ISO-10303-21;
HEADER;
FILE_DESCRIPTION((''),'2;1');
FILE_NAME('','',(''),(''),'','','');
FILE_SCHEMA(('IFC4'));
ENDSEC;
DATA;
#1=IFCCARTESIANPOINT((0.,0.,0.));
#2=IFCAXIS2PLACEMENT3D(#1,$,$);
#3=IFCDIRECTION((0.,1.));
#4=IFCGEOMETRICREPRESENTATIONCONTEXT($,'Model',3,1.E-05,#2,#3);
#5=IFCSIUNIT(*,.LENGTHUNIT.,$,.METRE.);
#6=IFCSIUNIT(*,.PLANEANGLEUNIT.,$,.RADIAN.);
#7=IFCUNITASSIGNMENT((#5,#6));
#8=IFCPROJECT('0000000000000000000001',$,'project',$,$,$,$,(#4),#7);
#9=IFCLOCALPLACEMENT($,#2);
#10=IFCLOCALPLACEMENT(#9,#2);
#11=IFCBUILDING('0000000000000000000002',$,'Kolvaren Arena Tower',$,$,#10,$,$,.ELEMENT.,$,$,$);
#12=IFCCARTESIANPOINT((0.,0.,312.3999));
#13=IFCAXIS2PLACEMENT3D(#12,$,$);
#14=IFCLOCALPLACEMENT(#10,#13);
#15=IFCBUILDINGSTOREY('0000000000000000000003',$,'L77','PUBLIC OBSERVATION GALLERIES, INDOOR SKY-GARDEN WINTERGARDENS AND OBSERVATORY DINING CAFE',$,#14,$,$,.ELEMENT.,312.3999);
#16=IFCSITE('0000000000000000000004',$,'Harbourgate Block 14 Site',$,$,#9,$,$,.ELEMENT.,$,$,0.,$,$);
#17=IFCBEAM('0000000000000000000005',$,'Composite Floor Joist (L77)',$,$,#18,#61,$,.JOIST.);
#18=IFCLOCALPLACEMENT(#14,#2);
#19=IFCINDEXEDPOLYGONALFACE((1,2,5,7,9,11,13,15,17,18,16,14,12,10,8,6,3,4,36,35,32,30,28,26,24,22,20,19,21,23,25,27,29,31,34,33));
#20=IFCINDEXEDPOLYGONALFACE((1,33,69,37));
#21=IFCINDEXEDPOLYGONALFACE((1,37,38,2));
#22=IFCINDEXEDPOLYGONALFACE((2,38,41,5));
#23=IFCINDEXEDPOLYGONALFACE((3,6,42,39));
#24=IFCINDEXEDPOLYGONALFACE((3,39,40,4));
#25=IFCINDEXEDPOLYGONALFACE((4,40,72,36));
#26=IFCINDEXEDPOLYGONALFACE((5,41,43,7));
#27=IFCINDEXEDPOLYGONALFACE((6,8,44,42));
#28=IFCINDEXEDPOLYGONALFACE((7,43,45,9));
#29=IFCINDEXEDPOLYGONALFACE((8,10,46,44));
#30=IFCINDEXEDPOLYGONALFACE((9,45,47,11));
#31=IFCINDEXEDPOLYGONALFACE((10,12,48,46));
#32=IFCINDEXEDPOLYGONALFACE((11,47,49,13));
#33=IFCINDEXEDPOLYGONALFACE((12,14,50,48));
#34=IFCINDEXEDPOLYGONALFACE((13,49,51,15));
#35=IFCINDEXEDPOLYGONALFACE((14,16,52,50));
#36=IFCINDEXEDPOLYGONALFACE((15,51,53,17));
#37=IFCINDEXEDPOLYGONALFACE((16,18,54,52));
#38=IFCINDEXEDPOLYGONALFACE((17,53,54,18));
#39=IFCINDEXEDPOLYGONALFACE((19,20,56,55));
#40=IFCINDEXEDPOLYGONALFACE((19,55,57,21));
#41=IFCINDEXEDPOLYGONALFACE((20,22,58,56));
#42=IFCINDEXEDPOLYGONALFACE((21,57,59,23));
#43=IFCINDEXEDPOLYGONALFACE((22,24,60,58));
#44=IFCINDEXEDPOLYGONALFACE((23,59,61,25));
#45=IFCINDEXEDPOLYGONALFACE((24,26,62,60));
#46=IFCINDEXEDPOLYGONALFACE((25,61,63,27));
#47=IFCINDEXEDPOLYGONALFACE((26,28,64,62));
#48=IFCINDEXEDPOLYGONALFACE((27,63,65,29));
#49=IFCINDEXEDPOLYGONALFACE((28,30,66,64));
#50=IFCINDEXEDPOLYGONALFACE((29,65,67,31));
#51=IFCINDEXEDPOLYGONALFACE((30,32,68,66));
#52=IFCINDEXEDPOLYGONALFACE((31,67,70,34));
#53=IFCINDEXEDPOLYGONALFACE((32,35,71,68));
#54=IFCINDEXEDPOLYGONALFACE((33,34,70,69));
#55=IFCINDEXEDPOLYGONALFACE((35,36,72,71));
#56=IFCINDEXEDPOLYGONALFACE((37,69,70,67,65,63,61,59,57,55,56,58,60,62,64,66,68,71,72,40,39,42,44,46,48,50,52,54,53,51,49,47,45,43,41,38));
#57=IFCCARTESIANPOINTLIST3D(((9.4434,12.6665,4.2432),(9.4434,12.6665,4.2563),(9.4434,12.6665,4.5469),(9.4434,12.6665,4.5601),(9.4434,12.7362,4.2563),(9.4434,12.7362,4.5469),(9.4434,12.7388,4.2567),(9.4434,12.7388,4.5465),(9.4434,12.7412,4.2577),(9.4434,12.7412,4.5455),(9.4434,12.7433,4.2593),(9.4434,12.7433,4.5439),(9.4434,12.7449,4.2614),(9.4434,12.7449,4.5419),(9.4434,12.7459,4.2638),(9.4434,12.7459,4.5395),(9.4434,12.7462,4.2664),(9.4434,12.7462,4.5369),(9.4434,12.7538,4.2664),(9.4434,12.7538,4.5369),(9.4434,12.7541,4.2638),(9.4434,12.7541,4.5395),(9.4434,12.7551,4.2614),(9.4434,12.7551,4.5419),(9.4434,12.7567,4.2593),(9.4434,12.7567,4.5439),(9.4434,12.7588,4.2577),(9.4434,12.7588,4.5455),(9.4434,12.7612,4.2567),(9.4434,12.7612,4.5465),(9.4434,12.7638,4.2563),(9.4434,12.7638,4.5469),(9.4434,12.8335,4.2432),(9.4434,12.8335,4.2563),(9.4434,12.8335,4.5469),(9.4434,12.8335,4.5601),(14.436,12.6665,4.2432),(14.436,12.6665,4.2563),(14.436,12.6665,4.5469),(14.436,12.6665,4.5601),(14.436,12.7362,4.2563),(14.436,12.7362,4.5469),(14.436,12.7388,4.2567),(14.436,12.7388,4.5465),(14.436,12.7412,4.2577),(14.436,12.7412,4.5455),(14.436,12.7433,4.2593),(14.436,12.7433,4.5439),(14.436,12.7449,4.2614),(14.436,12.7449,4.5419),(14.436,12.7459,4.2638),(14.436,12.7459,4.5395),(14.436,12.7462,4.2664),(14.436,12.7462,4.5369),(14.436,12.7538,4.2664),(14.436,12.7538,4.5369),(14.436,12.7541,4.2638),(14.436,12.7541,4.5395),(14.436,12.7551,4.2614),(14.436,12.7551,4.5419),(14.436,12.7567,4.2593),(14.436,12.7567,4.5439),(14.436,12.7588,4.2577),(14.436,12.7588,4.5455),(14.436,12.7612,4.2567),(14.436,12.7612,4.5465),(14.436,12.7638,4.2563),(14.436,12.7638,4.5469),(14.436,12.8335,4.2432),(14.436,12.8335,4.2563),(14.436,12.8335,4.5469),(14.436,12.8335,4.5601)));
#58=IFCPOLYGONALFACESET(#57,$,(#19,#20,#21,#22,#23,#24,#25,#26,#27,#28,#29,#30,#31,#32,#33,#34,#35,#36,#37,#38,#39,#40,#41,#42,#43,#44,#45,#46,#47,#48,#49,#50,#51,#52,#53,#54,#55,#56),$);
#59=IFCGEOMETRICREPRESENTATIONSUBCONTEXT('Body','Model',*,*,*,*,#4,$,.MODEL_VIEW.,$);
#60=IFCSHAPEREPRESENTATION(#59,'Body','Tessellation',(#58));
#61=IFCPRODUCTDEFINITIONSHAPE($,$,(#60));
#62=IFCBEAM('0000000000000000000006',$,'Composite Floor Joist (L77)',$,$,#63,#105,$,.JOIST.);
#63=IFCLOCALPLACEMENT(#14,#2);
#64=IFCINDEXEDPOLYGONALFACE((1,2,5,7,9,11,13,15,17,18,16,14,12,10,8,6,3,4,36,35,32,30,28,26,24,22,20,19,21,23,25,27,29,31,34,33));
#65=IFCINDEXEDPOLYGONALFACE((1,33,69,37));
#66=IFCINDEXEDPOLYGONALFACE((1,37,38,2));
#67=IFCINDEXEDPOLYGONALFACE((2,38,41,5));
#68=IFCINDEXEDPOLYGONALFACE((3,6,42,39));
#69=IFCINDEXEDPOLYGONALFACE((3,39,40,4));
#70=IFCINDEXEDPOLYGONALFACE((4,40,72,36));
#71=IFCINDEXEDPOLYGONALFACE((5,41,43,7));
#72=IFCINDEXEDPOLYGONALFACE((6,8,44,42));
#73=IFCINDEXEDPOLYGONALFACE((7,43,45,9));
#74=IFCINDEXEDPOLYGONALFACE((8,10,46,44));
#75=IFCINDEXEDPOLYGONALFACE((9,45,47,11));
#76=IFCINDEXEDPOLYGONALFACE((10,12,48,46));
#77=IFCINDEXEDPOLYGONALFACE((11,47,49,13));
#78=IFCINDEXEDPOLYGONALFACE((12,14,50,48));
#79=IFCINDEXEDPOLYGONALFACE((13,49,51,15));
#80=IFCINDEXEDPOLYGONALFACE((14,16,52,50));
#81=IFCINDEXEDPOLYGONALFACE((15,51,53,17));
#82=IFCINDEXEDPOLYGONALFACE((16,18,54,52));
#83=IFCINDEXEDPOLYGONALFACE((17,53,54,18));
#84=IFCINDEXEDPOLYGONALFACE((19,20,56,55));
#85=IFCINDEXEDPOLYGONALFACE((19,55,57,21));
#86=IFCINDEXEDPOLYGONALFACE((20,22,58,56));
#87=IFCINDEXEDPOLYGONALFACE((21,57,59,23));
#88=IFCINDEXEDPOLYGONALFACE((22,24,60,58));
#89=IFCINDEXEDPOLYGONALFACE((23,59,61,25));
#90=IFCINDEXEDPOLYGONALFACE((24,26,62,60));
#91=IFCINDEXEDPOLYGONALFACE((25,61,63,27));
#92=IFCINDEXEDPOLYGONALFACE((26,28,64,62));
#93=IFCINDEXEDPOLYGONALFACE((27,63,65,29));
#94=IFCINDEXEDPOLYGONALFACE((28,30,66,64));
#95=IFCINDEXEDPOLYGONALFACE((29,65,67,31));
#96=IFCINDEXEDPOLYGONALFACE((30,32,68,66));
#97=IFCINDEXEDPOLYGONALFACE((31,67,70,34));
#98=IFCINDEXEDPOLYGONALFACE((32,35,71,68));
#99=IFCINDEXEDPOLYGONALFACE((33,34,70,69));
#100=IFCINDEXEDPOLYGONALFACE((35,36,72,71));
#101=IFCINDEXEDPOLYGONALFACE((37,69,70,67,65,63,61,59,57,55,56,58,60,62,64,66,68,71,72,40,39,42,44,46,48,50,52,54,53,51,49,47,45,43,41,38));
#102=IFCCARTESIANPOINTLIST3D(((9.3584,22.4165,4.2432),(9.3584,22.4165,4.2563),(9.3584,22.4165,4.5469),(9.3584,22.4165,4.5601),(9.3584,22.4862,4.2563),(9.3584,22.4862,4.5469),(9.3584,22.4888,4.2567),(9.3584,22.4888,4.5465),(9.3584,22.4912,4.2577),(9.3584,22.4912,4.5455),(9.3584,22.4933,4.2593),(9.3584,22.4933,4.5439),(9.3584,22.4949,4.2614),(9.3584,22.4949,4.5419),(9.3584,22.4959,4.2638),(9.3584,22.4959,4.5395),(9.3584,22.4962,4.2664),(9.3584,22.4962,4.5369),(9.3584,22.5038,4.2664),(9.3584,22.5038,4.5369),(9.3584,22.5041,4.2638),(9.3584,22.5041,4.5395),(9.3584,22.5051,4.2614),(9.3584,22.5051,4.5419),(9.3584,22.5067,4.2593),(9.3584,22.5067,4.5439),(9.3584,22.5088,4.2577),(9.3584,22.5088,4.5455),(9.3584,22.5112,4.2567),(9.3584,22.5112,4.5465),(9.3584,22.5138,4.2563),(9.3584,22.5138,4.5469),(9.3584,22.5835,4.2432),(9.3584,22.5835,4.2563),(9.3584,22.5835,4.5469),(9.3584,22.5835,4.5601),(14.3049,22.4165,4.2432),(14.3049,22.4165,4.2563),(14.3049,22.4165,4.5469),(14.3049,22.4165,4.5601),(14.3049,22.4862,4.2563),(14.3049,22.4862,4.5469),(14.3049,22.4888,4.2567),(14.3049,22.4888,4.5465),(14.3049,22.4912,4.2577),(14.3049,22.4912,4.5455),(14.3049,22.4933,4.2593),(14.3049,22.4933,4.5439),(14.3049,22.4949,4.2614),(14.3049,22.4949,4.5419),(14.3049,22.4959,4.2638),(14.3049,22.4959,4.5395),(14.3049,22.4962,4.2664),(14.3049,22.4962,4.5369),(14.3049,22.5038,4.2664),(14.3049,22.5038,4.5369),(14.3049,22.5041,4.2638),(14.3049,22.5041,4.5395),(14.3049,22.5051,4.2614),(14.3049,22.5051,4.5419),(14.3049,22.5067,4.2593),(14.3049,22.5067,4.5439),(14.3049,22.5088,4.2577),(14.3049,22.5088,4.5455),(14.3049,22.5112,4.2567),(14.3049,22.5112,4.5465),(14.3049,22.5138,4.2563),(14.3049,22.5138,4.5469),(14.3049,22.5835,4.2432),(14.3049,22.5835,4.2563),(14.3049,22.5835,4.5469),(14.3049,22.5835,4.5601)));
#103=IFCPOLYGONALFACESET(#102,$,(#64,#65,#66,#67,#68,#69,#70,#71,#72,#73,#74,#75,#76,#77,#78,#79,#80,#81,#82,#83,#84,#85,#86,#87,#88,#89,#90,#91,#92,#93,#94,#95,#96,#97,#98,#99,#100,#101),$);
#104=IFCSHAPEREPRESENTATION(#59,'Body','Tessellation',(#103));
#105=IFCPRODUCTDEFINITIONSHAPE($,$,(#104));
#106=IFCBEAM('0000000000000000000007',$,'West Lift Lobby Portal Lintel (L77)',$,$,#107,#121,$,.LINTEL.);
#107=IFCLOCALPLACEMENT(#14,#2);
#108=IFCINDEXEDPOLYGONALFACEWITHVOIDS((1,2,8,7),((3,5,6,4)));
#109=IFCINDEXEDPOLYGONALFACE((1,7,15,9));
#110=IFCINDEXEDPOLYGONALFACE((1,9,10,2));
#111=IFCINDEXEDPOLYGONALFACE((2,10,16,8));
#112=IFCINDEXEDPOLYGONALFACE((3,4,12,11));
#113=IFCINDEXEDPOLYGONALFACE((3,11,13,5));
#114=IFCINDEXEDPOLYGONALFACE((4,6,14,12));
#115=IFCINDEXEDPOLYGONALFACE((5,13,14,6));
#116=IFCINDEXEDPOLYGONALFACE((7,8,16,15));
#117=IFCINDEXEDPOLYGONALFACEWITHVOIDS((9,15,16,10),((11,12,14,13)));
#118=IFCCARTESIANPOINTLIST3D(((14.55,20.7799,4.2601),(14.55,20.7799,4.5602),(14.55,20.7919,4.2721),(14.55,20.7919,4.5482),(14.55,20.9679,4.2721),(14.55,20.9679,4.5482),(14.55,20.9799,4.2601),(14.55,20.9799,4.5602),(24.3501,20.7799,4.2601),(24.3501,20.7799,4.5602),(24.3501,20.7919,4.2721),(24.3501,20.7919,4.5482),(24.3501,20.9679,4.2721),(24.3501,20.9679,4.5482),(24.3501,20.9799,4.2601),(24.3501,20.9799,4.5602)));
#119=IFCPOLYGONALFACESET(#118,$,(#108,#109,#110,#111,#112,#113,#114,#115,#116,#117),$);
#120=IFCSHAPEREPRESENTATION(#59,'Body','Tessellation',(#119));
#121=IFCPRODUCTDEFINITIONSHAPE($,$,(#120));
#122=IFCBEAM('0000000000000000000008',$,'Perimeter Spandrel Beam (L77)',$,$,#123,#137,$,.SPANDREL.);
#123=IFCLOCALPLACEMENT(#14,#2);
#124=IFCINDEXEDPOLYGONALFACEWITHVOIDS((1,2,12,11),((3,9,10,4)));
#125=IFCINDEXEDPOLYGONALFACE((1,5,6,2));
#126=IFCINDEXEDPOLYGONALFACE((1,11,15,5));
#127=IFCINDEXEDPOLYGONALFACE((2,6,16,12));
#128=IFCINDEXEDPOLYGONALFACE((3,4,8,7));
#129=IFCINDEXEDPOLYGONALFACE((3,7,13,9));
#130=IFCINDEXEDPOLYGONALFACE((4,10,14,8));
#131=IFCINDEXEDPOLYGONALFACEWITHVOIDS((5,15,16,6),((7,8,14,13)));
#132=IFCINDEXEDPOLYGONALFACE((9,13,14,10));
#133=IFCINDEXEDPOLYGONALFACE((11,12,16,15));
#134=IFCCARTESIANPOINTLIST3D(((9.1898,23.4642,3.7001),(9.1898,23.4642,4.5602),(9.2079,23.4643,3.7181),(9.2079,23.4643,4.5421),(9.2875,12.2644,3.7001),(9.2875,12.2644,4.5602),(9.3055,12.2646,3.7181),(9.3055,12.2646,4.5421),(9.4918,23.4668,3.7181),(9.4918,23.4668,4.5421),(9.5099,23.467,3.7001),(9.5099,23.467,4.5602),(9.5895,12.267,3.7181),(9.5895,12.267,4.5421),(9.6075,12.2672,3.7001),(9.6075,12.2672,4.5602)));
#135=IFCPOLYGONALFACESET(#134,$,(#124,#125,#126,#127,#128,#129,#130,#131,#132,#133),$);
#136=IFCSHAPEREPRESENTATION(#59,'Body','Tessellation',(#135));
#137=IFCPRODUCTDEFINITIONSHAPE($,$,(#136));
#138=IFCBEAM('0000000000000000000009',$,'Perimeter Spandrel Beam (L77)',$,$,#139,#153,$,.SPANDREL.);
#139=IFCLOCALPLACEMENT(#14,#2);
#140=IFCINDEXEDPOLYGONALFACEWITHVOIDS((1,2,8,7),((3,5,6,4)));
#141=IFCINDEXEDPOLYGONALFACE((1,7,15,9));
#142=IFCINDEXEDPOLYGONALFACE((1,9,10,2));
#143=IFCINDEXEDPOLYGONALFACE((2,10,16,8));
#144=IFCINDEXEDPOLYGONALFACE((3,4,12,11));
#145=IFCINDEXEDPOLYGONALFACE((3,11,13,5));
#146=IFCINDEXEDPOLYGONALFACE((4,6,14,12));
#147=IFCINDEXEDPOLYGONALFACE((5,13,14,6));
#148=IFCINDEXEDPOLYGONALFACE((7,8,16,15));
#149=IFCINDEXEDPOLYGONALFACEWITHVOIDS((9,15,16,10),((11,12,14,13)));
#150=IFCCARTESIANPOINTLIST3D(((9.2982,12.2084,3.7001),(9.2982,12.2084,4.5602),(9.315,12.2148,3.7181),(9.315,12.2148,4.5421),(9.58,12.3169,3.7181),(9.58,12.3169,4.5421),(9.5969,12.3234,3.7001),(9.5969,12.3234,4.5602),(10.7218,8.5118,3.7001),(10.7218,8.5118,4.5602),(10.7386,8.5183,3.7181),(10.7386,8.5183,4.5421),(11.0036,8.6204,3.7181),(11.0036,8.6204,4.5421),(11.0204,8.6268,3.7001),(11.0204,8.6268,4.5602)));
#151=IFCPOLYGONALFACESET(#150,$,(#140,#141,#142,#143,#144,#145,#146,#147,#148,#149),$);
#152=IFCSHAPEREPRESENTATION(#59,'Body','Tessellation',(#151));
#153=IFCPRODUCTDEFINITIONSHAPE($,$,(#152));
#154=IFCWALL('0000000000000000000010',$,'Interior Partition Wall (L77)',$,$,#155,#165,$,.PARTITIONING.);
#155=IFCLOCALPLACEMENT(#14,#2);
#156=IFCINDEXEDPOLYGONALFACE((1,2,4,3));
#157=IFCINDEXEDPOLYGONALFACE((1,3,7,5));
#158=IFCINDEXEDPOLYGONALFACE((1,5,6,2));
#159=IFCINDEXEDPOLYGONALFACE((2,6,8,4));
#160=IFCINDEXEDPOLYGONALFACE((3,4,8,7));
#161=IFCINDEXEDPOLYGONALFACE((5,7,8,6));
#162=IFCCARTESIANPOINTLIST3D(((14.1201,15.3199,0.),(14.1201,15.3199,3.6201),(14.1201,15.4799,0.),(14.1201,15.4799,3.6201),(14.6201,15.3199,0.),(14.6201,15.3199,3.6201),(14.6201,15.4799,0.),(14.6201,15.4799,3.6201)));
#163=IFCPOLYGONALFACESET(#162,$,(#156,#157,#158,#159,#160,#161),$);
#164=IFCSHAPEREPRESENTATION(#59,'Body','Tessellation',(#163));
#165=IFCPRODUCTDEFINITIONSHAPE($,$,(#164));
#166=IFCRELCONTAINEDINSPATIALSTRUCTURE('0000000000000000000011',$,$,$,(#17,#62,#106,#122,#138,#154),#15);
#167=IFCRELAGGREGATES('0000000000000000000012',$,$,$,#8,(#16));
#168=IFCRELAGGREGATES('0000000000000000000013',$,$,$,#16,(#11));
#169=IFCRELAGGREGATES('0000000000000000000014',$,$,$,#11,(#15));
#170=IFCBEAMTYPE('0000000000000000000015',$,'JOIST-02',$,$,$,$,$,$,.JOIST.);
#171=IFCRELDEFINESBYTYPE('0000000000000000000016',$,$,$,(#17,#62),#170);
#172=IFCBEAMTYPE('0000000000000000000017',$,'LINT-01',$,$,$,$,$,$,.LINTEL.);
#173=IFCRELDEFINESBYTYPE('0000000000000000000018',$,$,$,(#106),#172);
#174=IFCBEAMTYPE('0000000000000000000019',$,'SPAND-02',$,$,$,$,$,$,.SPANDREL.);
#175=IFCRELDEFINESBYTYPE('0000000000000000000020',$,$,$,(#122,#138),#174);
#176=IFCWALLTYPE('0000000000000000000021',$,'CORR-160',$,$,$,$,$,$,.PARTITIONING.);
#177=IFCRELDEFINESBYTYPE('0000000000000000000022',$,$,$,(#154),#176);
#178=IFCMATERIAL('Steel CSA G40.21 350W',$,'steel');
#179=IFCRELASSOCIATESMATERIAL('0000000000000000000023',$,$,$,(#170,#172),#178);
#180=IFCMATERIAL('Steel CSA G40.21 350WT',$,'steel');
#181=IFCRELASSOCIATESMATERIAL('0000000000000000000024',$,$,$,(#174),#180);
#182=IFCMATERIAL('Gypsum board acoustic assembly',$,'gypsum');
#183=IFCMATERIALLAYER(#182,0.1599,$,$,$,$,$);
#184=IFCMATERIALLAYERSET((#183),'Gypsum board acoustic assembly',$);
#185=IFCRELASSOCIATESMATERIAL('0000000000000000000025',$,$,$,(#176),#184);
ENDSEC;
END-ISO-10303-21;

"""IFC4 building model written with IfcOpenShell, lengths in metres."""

from ifc_helpers import new_model, si_unit, direction, frame, frame_2d, origin, origin_2d, place, context, subcontext, project, spatial, rectangle, hollow_rectangle, i_section, extrude, material, layer, layer_set, material_profile, profile_set, type_object, element, save


model = new_model("IFC4")

# Units and contexts
model_context = context("Model", 3, precision=1e-05, world=origin(), true_north=direction((0.0, 1.0)))
body_context = subcontext(model_context, "Body", "Model", "MODEL_VIEW")
ifc_project = project(units=[si_unit("LENGTHUNIT", "METRE"), si_unit("PLANEANGLEUNIT", "RADIAN")], contexts=[model_context])

# Site, building, storey
site_placement = place(None, origin())
site = spatial("IfcSite", under=ifc_project, at=site_placement, Name="Harbourgate Block 14 Site", CompositionType="ELEMENT", RefElevation=0.0)
building_placement = place(site_placement, origin())
building = spatial("IfcBuilding", under=site, at=building_placement, Name="Kolvaren Arena Tower", CompositionType="ELEMENT")
storey_placement = place(building_placement, frame((0.0, 0.0, 312.3999)))
storey = spatial("IfcBuildingStorey", under=building, at=storey_placement, Name="L77", Description="PUBLIC OBSERVATION GALLERIES, INDOOR SKY-GARDEN WINTERGARDENS AND OBSERVATORY DINING CAFE", CompositionType="ELEMENT", Elevation=312.3999)

# Beams
ifc_material_1 = material(Name="Steel CSA G40.21 350W", Category="steel")
ifc_material_profile_1 = material_profile(ifc_material_1, i_section(OverallWidth=0.167, OverallDepth=0.3169, WebThickness=0.0076, FlangeThickness=0.0132, FilletRadius=0.01, at=origin_2d()), Name="W310x52")
ifc_profile_set_1 = profile_set([ifc_material_profile_1], Name="Steel CSA G40.21 350W")
beam_type_1 = type_object("IfcBeamType", Name="JOIST-02", PredefinedType="JOIST", material=ifc_profile_set_1)
beam_1_placement = place(storey_placement, frame((9.4434, 12.75, 4.4016), z_axis=(1.0, 0.0, 0.0), x_axis=(0.0, 1.0, 0.0)))
element("IfcBeam", 1, at=beam_1_placement, inside=storey, type_object=beam_type_1, Name="Composite Floor Joist (L77)", PredefinedType="JOIST", context=body_context, shape_type="SweptSolid", body=[
    extrude(i_section(OverallWidth=0.167, OverallDepth=0.3169, WebThickness=0.0076, FlangeThickness=0.0132, FilletRadius=0.01, at=origin_2d()), origin(), (0.0, 0.0, 1.0), 4.9927),
])
beam_2_placement = place(storey_placement, frame((9.3584, 22.5, 4.4016), z_axis=(1.0, 0.0, 0.0), x_axis=(0.0, 1.0, 0.0)))
element("IfcBeam", 2, at=beam_2_placement, inside=storey, type_object=beam_type_1, Name="Composite Floor Joist (L77)", PredefinedType="JOIST", context=body_context, shape_type="SweptSolid", body=[
    extrude(i_section(OverallWidth=0.167, OverallDepth=0.3169, WebThickness=0.0076, FlangeThickness=0.0132, FilletRadius=0.01, at=origin_2d()), origin(), (0.0, 0.0, 1.0), 4.9465),
])
ifc_material_profile_2 = material_profile(ifc_material_1, hollow_rectangle(XDim=0.2, YDim=0.3, WallThickness=0.012, at=origin_2d()), Name="HSS 300x200x12")
ifc_profile_set_2 = profile_set([ifc_material_profile_2], Name="Steel CSA G40.21 350W")
beam_type_2 = type_object("IfcBeamType", Name="LINT-01", PredefinedType="LINTEL", material=ifc_profile_set_2)
beam_3_placement = place(storey_placement, frame((14.55, 20.8799, 4.4102), z_axis=(1.0, 0.0, 0.0), x_axis=(0.0, 1.0, 0.0)))
element("IfcBeam", 3, at=beam_3_placement, inside=storey, type_object=beam_type_2, Name="West Lift Lobby Portal Lintel (L77)", PredefinedType="LINTEL", context=body_context, shape_type="SweptSolid", body=[
    extrude(hollow_rectangle(XDim=0.2, YDim=0.3, WallThickness=0.012, at=origin_2d()), origin(), (0.0, 0.0, 1.0), 9.8),
])
ifc_material_2 = material(Name="Steel CSA G40.21 350WT", Category="steel")
ifc_material_profile_3 = material_profile(ifc_material_2, hollow_rectangle(XDim=0.3201, YDim=0.8601, WallThickness=0.0181, at=origin_2d()), Name="HSS 860x320x18")
ifc_profile_set_3 = profile_set([ifc_material_profile_3], Name="Steel CSA G40.21 350WT")
beam_type_3 = type_object("IfcBeamType", Name="SPAND-02", PredefinedType="SPANDREL", material=ifc_profile_set_3)
beam_4_placement = place(storey_placement, frame((9.3499, 23.4656, 4.1301), z_axis=(0.008719, -0.999962, 0.0), x_axis=(0.999962, 0.008719, 0.0)))
element("IfcBeam", 4, at=beam_4_placement, inside=storey, type_object=beam_type_3, Name="Perimeter Spandrel Beam (L77)", PredefinedType="SPANDREL", context=body_context, shape_type="SweptSolid", body=[
    extrude(hollow_rectangle(XDim=0.3201, YDim=0.8601, WallThickness=0.0181, at=origin_2d()), origin(), (0.0, 0.0, 1.0), 11.2002),
])
beam_5_placement = place(storey_placement, frame((9.4475, 12.2659, 4.1301), z_axis=(0.359384, -0.93319, 0.0), x_axis=(0.93319, 0.359384, 0.0)))
element("IfcBeam", 5, at=beam_5_placement, inside=storey, type_object=beam_type_3, Name="Perimeter Spandrel Beam (L77)", PredefinedType="SPANDREL", context=body_context, shape_type="SweptSolid", body=[
    extrude(hollow_rectangle(XDim=0.3201, YDim=0.8601, WallThickness=0.0181, at=origin_2d()), origin(), (0.0, 0.0, 1.0), 3.9612),
])

# Wall
ifc_material_3 = material(Name="Gypsum board acoustic assembly", Category="gypsum")
ifc_layer_1 = layer(ifc_material_3, 0.1599)
ifc_layer_set_1 = layer_set([ifc_layer_1], Name="Gypsum board acoustic assembly")
wall_type_1 = type_object("IfcWallType", Name="CORR-160", PredefinedType="PARTITIONING", material=ifc_layer_set_1)
wall_1_placement = place(storey_placement, frame((14.1201, 15.3999, 0.0), z_axis=(0.0, 0.0, 1.0), x_axis=(1.0, 0.0, 0.0)))
element("IfcWall", 6, at=wall_1_placement, inside=storey, type_object=wall_type_1, Name="Interior Partition Wall (L77)", PredefinedType="PARTITIONING", context=body_context, shape_type="SweptSolid", body=[
    extrude(rectangle(XDim=0.5, YDim=0.1599, at=frame_2d((0.25, 0.0))), origin(), (0.0, 0.0, 1.0), 3.6201),
])

save(model, "model.ifc")
